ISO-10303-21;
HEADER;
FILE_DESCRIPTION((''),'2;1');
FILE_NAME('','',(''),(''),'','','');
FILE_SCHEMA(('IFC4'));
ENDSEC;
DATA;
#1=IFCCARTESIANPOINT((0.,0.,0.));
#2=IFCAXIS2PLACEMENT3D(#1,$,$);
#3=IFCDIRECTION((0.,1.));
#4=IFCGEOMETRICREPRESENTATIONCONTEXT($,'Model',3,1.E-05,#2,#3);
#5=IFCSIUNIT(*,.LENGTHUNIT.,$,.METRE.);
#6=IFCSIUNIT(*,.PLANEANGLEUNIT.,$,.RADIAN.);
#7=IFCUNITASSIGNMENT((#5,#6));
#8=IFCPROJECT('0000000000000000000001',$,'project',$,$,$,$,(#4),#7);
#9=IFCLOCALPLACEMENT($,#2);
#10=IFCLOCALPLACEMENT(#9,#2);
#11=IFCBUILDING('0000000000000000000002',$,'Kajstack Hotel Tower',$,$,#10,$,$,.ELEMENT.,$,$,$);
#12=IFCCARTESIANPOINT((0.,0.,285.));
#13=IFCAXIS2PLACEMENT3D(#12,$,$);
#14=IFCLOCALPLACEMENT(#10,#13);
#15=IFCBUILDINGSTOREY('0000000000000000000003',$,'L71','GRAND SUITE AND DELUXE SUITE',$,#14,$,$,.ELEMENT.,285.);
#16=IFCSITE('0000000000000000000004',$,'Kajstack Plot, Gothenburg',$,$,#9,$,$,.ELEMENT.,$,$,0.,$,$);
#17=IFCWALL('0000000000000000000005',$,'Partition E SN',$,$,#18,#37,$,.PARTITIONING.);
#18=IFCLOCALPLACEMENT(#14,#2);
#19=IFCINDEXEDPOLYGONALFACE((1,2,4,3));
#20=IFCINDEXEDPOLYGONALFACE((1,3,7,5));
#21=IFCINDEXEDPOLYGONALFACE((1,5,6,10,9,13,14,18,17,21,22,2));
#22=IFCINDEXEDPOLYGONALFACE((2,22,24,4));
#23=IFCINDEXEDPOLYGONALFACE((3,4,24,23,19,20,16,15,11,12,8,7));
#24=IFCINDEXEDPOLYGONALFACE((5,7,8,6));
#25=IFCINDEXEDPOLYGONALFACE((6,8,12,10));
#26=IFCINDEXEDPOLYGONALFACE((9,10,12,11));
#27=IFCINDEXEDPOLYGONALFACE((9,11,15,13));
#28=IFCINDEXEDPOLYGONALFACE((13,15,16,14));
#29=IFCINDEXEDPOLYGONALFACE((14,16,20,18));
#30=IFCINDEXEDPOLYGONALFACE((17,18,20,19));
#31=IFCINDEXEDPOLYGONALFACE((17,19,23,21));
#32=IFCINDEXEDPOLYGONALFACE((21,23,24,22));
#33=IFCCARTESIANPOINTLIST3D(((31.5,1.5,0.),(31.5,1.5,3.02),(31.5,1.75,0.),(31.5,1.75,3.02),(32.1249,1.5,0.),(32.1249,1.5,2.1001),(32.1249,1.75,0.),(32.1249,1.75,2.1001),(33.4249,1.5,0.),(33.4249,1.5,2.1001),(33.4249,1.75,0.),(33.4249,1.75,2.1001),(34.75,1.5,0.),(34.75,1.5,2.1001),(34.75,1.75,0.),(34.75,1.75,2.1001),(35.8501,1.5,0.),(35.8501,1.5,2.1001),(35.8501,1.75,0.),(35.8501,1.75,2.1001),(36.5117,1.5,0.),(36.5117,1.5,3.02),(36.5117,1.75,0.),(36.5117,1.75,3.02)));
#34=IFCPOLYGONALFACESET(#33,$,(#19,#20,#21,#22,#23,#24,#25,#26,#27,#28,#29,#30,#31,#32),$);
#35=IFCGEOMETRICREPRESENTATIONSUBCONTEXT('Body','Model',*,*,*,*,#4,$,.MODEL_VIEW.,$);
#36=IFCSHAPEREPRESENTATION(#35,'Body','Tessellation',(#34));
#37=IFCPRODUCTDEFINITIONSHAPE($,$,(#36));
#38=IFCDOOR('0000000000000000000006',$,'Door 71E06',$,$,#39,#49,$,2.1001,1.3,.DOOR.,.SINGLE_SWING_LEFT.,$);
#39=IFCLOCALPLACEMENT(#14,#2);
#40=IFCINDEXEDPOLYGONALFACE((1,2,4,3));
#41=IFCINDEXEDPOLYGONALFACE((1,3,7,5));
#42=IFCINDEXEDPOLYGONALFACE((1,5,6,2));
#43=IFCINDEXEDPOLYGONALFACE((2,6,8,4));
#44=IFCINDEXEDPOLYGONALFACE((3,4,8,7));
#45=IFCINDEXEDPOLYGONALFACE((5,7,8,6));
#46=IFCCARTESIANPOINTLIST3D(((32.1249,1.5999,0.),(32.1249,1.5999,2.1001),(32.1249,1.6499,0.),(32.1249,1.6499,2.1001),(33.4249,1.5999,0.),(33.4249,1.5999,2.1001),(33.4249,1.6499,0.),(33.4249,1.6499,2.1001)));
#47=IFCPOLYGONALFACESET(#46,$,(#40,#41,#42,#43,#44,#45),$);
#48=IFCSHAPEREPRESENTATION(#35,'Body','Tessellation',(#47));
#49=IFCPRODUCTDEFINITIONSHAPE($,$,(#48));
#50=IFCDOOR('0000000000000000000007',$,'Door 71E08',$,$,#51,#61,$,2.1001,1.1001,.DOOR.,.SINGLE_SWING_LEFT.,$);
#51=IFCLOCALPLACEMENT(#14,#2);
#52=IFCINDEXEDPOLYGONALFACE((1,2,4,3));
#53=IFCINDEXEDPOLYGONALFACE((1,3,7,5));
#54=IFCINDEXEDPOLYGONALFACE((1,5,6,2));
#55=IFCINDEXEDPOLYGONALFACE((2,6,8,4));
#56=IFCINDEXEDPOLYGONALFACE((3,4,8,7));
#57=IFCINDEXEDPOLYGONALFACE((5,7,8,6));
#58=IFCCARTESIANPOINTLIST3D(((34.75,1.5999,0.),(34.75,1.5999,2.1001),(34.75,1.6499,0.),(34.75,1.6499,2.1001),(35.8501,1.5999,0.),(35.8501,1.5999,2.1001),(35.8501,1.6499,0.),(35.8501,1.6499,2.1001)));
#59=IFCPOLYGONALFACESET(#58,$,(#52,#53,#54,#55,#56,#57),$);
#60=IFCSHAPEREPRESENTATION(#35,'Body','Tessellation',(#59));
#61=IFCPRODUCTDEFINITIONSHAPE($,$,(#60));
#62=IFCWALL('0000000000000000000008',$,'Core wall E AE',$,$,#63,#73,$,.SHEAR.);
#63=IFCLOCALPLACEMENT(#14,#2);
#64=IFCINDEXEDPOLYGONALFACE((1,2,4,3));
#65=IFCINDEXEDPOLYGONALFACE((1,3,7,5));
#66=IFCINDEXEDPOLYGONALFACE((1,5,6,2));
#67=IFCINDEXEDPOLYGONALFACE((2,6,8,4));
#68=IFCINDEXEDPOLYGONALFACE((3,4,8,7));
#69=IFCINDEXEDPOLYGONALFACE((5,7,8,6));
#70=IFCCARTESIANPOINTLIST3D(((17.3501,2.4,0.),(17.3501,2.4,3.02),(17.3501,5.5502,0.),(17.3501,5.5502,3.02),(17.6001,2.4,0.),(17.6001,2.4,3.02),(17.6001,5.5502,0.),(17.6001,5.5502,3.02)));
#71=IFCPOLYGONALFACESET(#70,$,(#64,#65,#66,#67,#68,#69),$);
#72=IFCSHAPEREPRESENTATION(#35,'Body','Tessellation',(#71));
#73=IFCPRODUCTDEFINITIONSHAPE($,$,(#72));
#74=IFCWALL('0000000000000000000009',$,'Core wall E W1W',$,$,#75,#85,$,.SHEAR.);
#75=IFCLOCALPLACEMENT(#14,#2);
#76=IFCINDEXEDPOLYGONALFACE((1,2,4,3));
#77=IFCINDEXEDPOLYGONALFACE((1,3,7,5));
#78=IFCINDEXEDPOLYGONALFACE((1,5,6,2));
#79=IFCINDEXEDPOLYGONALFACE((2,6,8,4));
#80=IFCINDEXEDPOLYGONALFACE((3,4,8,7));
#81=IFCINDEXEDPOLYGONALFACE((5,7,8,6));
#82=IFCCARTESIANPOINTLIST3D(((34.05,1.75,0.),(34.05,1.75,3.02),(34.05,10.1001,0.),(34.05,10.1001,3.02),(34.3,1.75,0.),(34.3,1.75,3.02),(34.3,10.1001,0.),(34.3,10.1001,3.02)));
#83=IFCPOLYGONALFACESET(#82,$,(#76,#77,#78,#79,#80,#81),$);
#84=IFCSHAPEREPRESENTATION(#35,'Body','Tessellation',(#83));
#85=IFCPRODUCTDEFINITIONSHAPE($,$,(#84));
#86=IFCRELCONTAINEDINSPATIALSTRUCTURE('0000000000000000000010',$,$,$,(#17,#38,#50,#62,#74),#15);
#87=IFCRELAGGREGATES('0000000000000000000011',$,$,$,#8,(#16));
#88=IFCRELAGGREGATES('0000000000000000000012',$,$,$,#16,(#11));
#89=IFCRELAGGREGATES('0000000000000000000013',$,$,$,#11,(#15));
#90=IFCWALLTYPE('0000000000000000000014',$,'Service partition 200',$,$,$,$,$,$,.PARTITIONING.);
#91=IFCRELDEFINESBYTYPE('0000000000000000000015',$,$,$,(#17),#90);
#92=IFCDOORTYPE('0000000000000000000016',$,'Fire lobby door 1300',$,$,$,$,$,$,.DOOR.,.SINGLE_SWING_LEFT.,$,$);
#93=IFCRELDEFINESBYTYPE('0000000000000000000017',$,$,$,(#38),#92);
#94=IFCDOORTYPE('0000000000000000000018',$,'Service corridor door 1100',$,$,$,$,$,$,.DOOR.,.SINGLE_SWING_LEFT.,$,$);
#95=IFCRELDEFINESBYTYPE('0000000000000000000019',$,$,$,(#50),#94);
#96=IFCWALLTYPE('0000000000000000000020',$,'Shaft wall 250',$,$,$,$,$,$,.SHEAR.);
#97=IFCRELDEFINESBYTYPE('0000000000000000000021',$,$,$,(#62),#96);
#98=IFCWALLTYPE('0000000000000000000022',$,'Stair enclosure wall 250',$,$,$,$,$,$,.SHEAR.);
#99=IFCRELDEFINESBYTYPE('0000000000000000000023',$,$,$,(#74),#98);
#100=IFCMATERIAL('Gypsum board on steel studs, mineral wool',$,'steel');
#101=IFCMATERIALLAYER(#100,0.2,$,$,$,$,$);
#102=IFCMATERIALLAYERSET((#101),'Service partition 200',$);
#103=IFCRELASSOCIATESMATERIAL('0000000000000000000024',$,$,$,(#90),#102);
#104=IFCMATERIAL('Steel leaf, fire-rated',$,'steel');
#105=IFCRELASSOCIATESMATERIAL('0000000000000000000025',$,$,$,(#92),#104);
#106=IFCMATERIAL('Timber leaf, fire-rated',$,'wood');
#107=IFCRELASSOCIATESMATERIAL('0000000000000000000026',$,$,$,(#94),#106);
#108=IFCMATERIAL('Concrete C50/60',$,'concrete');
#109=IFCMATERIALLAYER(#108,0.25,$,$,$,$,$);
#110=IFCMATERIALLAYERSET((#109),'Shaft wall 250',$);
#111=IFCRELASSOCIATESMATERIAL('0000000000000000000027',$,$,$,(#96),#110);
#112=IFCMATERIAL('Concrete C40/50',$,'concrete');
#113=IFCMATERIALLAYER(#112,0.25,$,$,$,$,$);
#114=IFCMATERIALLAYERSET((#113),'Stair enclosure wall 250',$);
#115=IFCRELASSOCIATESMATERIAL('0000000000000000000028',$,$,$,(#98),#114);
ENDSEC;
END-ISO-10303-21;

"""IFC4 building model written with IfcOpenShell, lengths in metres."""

from ifc_helpers import new_model, si_unit, direction, frame, frame_2d, origin, place, context, subcontext, project, spatial, rectangle, extrude, material, layer, layer_set, type_object, element, fill, save


model = new_model("IFC4")

# Units and contexts
model_context = context("Model", 3, precision=1e-05, world=origin(), true_north=direction((0.0, 1.0)))
body_context = subcontext(model_context, "Body", "Model", "MODEL_VIEW")
ifc_project = project(units=[si_unit("LENGTHUNIT", "METRE"), si_unit("PLANEANGLEUNIT", "RADIAN")], contexts=[model_context])

# Site, building, storey
site_placement = place(None, origin())
site = spatial("IfcSite", under=ifc_project, at=site_placement, Name="Kajstack Plot, Gothenburg", CompositionType="ELEMENT", RefElevation=0.0)
building_placement = place(site_placement, origin())
building = spatial("IfcBuilding", under=site, at=building_placement, Name="Kajstack Hotel Tower", CompositionType="ELEMENT")
storey_placement = place(building_placement, frame((0.0, 0.0, 285.0)))
storey = spatial("IfcBuildingStorey", under=building, at=storey_placement, Name="L71", Description="GRAND SUITE AND DELUXE SUITE", CompositionType="ELEMENT", Elevation=285.0)

# Shared definitions
ifc_material_1 = material(Name="Concrete C50/60", Category="concrete")
ifc_material_2 = material(Name="Concrete C40/50", Category="concrete")

# Wall, openings, doors
ifc_material_3 = material(Name="Gypsum board on steel studs, mineral wool", Category="steel")
ifc_layer_1 = layer(ifc_material_3, 0.2)
ifc_layer_set_1 = layer_set([ifc_layer_1], Name="Service partition 200")
wall_type_1 = type_object("IfcWallType", Name="Service partition 200", PredefinedType="PARTITIONING", material=ifc_layer_set_1)
wall_1_placement = place(storey_placement, frame((31.5, 1.625, 0.0), z_axis=(0.0, 0.0, 1.0), x_axis=(1.0, 0.0, 0.0)))
wall_1 = element("IfcWall", 1, at=wall_1_placement, inside=storey, type_object=wall_type_1, Name="Partition E SN", PredefinedType="PARTITIONING", context=body_context, shape_type="SweptSolid", body=[
    extrude(rectangle(XDim=5.0117, YDim=0.25, at=frame_2d((2.5059, 0.0))), origin(), (0.0, 0.0, 1.0), 3.02),
])
opening_1_placement = place(wall_1_placement, frame((0.625, 0.0, 0.0)))
opening_1 = element("IfcOpeningElement", 2, at=opening_1_placement, cuts=wall_1, PredefinedType="OPENING", context=body_context, shape_type="SweptSolid", body=[
    extrude(rectangle(XDim=1.3, YDim=2.1001, at=frame_2d((0.6499, 1.05))), frame((0.0, 0.135, 0.0), z_axis=(0.0, -1.0, 0.0), x_axis=(1.0, 0.0, 0.0)), (0.0, 0.0, 1.0), 0.27),
])
opening_2_placement = place(wall_1_placement, frame((3.25, 0.0, 0.0)))
opening_2 = element("IfcOpeningElement", 3, at=opening_2_placement, cuts=wall_1, PredefinedType="OPENING", context=body_context, shape_type="SweptSolid", body=[
    extrude(rectangle(XDim=1.1001, YDim=2.1001, at=frame_2d((0.55, 1.05))), frame((0.0, 0.135, 0.0), z_axis=(0.0, -1.0, 0.0), x_axis=(1.0, 0.0, 0.0)), (0.0, 0.0, 1.0), 0.27),
])
ifc_material_4 = material(Name="Steel leaf, fire-rated", Category="steel")
door_type_1 = type_object("IfcDoorType", Name="Fire lobby door 1300", OperationType="SINGLE_SWING_LEFT", PredefinedType="DOOR", material=ifc_material_4)
door_1_placement = place(opening_1_placement, origin())
door_1 = element("IfcDoor", 4, at=door_1_placement, inside=storey, type_object=door_type_1, Name="Door 71E06", OperationType="SINGLE_SWING_LEFT", OverallHeight=2.1001, OverallWidth=1.3, PredefinedType="DOOR", context=body_context, shape_type="SweptSolid", body=[
    extrude(rectangle(XDim=1.3, YDim=2.1001, at=frame_2d((0.6499, 1.05))), frame((0.0, 0.0249, 0.0), z_axis=(0.0, -1.0, 0.0), x_axis=(1.0, 0.0, 0.0)), (0.0, 0.0, 1.0), 0.05),
])
fill(opening_1, door_1)
ifc_material_5 = material(Name="Timber leaf, fire-rated", Category="wood")
door_type_2 = type_object("IfcDoorType", Name="Service corridor door 1100", OperationType="SINGLE_SWING_LEFT", PredefinedType="DOOR", material=ifc_material_5)
door_2_placement = place(opening_2_placement, origin())
door_2 = element("IfcDoor", 5, at=door_2_placement, inside=storey, type_object=door_type_2, Name="Door 71E08", OperationType="SINGLE_SWING_LEFT", OverallHeight=2.1001, OverallWidth=1.1001, PredefinedType="DOOR", context=body_context, shape_type="SweptSolid", body=[
    extrude(rectangle(XDim=1.1001, YDim=2.1001, at=frame_2d((0.55, 1.05))), frame((0.0, 0.0249, 0.0), z_axis=(0.0, -1.0, 0.0), x_axis=(1.0, 0.0, 0.0)), (0.0, 0.0, 1.0), 0.05),
])
fill(opening_2, door_2)

# Walls
ifc_layer_2 = layer(ifc_material_1, 0.25)
ifc_layer_set_2 = layer_set([ifc_layer_2], Name="Shaft wall 250")
wall_type_2 = type_object("IfcWallType", Name="Shaft wall 250", PredefinedType="SHEAR", material=ifc_layer_set_2)
wall_2_placement = place(storey_placement, frame((17.4751, 2.3999, 0.0), z_axis=(0.0, 0.0, 1.0), x_axis=(0.0, 1.0, 0.0)))
element("IfcWall", 6, at=wall_2_placement, inside=storey, type_object=wall_type_2, Name="Core wall E AE", PredefinedType="SHEAR", context=body_context, shape_type="SweptSolid", body=[
    extrude(rectangle(XDim=3.1501, YDim=0.25, at=frame_2d((1.5752, 0.0))), origin(), (0.0, 0.0, 1.0), 3.02),
])
ifc_layer_3 = layer(ifc_material_2, 0.25)
ifc_layer_set_3 = layer_set([ifc_layer_3], Name="Stair enclosure wall 250")
wall_type_3 = type_object("IfcWallType", Name="Stair enclosure wall 250", PredefinedType="SHEAR", material=ifc_layer_set_3)
wall_3_placement = place(storey_placement, frame((34.175, 1.75, 0.0), z_axis=(0.0, 0.0, 1.0), x_axis=(0.0, 1.0, 0.0)))
element("IfcWall", 7, at=wall_3_placement, inside=storey, type_object=wall_type_3, Name="Core wall E W1W", PredefinedType="SHEAR", context=body_context, shape_type="SweptSolid", body=[
    extrude(rectangle(XDim=8.3501, YDim=0.25, at=frame_2d((4.175, 0.0))), origin(), (0.0, 0.0, 1.0), 3.02),
])

save(model, "model.ifc")
